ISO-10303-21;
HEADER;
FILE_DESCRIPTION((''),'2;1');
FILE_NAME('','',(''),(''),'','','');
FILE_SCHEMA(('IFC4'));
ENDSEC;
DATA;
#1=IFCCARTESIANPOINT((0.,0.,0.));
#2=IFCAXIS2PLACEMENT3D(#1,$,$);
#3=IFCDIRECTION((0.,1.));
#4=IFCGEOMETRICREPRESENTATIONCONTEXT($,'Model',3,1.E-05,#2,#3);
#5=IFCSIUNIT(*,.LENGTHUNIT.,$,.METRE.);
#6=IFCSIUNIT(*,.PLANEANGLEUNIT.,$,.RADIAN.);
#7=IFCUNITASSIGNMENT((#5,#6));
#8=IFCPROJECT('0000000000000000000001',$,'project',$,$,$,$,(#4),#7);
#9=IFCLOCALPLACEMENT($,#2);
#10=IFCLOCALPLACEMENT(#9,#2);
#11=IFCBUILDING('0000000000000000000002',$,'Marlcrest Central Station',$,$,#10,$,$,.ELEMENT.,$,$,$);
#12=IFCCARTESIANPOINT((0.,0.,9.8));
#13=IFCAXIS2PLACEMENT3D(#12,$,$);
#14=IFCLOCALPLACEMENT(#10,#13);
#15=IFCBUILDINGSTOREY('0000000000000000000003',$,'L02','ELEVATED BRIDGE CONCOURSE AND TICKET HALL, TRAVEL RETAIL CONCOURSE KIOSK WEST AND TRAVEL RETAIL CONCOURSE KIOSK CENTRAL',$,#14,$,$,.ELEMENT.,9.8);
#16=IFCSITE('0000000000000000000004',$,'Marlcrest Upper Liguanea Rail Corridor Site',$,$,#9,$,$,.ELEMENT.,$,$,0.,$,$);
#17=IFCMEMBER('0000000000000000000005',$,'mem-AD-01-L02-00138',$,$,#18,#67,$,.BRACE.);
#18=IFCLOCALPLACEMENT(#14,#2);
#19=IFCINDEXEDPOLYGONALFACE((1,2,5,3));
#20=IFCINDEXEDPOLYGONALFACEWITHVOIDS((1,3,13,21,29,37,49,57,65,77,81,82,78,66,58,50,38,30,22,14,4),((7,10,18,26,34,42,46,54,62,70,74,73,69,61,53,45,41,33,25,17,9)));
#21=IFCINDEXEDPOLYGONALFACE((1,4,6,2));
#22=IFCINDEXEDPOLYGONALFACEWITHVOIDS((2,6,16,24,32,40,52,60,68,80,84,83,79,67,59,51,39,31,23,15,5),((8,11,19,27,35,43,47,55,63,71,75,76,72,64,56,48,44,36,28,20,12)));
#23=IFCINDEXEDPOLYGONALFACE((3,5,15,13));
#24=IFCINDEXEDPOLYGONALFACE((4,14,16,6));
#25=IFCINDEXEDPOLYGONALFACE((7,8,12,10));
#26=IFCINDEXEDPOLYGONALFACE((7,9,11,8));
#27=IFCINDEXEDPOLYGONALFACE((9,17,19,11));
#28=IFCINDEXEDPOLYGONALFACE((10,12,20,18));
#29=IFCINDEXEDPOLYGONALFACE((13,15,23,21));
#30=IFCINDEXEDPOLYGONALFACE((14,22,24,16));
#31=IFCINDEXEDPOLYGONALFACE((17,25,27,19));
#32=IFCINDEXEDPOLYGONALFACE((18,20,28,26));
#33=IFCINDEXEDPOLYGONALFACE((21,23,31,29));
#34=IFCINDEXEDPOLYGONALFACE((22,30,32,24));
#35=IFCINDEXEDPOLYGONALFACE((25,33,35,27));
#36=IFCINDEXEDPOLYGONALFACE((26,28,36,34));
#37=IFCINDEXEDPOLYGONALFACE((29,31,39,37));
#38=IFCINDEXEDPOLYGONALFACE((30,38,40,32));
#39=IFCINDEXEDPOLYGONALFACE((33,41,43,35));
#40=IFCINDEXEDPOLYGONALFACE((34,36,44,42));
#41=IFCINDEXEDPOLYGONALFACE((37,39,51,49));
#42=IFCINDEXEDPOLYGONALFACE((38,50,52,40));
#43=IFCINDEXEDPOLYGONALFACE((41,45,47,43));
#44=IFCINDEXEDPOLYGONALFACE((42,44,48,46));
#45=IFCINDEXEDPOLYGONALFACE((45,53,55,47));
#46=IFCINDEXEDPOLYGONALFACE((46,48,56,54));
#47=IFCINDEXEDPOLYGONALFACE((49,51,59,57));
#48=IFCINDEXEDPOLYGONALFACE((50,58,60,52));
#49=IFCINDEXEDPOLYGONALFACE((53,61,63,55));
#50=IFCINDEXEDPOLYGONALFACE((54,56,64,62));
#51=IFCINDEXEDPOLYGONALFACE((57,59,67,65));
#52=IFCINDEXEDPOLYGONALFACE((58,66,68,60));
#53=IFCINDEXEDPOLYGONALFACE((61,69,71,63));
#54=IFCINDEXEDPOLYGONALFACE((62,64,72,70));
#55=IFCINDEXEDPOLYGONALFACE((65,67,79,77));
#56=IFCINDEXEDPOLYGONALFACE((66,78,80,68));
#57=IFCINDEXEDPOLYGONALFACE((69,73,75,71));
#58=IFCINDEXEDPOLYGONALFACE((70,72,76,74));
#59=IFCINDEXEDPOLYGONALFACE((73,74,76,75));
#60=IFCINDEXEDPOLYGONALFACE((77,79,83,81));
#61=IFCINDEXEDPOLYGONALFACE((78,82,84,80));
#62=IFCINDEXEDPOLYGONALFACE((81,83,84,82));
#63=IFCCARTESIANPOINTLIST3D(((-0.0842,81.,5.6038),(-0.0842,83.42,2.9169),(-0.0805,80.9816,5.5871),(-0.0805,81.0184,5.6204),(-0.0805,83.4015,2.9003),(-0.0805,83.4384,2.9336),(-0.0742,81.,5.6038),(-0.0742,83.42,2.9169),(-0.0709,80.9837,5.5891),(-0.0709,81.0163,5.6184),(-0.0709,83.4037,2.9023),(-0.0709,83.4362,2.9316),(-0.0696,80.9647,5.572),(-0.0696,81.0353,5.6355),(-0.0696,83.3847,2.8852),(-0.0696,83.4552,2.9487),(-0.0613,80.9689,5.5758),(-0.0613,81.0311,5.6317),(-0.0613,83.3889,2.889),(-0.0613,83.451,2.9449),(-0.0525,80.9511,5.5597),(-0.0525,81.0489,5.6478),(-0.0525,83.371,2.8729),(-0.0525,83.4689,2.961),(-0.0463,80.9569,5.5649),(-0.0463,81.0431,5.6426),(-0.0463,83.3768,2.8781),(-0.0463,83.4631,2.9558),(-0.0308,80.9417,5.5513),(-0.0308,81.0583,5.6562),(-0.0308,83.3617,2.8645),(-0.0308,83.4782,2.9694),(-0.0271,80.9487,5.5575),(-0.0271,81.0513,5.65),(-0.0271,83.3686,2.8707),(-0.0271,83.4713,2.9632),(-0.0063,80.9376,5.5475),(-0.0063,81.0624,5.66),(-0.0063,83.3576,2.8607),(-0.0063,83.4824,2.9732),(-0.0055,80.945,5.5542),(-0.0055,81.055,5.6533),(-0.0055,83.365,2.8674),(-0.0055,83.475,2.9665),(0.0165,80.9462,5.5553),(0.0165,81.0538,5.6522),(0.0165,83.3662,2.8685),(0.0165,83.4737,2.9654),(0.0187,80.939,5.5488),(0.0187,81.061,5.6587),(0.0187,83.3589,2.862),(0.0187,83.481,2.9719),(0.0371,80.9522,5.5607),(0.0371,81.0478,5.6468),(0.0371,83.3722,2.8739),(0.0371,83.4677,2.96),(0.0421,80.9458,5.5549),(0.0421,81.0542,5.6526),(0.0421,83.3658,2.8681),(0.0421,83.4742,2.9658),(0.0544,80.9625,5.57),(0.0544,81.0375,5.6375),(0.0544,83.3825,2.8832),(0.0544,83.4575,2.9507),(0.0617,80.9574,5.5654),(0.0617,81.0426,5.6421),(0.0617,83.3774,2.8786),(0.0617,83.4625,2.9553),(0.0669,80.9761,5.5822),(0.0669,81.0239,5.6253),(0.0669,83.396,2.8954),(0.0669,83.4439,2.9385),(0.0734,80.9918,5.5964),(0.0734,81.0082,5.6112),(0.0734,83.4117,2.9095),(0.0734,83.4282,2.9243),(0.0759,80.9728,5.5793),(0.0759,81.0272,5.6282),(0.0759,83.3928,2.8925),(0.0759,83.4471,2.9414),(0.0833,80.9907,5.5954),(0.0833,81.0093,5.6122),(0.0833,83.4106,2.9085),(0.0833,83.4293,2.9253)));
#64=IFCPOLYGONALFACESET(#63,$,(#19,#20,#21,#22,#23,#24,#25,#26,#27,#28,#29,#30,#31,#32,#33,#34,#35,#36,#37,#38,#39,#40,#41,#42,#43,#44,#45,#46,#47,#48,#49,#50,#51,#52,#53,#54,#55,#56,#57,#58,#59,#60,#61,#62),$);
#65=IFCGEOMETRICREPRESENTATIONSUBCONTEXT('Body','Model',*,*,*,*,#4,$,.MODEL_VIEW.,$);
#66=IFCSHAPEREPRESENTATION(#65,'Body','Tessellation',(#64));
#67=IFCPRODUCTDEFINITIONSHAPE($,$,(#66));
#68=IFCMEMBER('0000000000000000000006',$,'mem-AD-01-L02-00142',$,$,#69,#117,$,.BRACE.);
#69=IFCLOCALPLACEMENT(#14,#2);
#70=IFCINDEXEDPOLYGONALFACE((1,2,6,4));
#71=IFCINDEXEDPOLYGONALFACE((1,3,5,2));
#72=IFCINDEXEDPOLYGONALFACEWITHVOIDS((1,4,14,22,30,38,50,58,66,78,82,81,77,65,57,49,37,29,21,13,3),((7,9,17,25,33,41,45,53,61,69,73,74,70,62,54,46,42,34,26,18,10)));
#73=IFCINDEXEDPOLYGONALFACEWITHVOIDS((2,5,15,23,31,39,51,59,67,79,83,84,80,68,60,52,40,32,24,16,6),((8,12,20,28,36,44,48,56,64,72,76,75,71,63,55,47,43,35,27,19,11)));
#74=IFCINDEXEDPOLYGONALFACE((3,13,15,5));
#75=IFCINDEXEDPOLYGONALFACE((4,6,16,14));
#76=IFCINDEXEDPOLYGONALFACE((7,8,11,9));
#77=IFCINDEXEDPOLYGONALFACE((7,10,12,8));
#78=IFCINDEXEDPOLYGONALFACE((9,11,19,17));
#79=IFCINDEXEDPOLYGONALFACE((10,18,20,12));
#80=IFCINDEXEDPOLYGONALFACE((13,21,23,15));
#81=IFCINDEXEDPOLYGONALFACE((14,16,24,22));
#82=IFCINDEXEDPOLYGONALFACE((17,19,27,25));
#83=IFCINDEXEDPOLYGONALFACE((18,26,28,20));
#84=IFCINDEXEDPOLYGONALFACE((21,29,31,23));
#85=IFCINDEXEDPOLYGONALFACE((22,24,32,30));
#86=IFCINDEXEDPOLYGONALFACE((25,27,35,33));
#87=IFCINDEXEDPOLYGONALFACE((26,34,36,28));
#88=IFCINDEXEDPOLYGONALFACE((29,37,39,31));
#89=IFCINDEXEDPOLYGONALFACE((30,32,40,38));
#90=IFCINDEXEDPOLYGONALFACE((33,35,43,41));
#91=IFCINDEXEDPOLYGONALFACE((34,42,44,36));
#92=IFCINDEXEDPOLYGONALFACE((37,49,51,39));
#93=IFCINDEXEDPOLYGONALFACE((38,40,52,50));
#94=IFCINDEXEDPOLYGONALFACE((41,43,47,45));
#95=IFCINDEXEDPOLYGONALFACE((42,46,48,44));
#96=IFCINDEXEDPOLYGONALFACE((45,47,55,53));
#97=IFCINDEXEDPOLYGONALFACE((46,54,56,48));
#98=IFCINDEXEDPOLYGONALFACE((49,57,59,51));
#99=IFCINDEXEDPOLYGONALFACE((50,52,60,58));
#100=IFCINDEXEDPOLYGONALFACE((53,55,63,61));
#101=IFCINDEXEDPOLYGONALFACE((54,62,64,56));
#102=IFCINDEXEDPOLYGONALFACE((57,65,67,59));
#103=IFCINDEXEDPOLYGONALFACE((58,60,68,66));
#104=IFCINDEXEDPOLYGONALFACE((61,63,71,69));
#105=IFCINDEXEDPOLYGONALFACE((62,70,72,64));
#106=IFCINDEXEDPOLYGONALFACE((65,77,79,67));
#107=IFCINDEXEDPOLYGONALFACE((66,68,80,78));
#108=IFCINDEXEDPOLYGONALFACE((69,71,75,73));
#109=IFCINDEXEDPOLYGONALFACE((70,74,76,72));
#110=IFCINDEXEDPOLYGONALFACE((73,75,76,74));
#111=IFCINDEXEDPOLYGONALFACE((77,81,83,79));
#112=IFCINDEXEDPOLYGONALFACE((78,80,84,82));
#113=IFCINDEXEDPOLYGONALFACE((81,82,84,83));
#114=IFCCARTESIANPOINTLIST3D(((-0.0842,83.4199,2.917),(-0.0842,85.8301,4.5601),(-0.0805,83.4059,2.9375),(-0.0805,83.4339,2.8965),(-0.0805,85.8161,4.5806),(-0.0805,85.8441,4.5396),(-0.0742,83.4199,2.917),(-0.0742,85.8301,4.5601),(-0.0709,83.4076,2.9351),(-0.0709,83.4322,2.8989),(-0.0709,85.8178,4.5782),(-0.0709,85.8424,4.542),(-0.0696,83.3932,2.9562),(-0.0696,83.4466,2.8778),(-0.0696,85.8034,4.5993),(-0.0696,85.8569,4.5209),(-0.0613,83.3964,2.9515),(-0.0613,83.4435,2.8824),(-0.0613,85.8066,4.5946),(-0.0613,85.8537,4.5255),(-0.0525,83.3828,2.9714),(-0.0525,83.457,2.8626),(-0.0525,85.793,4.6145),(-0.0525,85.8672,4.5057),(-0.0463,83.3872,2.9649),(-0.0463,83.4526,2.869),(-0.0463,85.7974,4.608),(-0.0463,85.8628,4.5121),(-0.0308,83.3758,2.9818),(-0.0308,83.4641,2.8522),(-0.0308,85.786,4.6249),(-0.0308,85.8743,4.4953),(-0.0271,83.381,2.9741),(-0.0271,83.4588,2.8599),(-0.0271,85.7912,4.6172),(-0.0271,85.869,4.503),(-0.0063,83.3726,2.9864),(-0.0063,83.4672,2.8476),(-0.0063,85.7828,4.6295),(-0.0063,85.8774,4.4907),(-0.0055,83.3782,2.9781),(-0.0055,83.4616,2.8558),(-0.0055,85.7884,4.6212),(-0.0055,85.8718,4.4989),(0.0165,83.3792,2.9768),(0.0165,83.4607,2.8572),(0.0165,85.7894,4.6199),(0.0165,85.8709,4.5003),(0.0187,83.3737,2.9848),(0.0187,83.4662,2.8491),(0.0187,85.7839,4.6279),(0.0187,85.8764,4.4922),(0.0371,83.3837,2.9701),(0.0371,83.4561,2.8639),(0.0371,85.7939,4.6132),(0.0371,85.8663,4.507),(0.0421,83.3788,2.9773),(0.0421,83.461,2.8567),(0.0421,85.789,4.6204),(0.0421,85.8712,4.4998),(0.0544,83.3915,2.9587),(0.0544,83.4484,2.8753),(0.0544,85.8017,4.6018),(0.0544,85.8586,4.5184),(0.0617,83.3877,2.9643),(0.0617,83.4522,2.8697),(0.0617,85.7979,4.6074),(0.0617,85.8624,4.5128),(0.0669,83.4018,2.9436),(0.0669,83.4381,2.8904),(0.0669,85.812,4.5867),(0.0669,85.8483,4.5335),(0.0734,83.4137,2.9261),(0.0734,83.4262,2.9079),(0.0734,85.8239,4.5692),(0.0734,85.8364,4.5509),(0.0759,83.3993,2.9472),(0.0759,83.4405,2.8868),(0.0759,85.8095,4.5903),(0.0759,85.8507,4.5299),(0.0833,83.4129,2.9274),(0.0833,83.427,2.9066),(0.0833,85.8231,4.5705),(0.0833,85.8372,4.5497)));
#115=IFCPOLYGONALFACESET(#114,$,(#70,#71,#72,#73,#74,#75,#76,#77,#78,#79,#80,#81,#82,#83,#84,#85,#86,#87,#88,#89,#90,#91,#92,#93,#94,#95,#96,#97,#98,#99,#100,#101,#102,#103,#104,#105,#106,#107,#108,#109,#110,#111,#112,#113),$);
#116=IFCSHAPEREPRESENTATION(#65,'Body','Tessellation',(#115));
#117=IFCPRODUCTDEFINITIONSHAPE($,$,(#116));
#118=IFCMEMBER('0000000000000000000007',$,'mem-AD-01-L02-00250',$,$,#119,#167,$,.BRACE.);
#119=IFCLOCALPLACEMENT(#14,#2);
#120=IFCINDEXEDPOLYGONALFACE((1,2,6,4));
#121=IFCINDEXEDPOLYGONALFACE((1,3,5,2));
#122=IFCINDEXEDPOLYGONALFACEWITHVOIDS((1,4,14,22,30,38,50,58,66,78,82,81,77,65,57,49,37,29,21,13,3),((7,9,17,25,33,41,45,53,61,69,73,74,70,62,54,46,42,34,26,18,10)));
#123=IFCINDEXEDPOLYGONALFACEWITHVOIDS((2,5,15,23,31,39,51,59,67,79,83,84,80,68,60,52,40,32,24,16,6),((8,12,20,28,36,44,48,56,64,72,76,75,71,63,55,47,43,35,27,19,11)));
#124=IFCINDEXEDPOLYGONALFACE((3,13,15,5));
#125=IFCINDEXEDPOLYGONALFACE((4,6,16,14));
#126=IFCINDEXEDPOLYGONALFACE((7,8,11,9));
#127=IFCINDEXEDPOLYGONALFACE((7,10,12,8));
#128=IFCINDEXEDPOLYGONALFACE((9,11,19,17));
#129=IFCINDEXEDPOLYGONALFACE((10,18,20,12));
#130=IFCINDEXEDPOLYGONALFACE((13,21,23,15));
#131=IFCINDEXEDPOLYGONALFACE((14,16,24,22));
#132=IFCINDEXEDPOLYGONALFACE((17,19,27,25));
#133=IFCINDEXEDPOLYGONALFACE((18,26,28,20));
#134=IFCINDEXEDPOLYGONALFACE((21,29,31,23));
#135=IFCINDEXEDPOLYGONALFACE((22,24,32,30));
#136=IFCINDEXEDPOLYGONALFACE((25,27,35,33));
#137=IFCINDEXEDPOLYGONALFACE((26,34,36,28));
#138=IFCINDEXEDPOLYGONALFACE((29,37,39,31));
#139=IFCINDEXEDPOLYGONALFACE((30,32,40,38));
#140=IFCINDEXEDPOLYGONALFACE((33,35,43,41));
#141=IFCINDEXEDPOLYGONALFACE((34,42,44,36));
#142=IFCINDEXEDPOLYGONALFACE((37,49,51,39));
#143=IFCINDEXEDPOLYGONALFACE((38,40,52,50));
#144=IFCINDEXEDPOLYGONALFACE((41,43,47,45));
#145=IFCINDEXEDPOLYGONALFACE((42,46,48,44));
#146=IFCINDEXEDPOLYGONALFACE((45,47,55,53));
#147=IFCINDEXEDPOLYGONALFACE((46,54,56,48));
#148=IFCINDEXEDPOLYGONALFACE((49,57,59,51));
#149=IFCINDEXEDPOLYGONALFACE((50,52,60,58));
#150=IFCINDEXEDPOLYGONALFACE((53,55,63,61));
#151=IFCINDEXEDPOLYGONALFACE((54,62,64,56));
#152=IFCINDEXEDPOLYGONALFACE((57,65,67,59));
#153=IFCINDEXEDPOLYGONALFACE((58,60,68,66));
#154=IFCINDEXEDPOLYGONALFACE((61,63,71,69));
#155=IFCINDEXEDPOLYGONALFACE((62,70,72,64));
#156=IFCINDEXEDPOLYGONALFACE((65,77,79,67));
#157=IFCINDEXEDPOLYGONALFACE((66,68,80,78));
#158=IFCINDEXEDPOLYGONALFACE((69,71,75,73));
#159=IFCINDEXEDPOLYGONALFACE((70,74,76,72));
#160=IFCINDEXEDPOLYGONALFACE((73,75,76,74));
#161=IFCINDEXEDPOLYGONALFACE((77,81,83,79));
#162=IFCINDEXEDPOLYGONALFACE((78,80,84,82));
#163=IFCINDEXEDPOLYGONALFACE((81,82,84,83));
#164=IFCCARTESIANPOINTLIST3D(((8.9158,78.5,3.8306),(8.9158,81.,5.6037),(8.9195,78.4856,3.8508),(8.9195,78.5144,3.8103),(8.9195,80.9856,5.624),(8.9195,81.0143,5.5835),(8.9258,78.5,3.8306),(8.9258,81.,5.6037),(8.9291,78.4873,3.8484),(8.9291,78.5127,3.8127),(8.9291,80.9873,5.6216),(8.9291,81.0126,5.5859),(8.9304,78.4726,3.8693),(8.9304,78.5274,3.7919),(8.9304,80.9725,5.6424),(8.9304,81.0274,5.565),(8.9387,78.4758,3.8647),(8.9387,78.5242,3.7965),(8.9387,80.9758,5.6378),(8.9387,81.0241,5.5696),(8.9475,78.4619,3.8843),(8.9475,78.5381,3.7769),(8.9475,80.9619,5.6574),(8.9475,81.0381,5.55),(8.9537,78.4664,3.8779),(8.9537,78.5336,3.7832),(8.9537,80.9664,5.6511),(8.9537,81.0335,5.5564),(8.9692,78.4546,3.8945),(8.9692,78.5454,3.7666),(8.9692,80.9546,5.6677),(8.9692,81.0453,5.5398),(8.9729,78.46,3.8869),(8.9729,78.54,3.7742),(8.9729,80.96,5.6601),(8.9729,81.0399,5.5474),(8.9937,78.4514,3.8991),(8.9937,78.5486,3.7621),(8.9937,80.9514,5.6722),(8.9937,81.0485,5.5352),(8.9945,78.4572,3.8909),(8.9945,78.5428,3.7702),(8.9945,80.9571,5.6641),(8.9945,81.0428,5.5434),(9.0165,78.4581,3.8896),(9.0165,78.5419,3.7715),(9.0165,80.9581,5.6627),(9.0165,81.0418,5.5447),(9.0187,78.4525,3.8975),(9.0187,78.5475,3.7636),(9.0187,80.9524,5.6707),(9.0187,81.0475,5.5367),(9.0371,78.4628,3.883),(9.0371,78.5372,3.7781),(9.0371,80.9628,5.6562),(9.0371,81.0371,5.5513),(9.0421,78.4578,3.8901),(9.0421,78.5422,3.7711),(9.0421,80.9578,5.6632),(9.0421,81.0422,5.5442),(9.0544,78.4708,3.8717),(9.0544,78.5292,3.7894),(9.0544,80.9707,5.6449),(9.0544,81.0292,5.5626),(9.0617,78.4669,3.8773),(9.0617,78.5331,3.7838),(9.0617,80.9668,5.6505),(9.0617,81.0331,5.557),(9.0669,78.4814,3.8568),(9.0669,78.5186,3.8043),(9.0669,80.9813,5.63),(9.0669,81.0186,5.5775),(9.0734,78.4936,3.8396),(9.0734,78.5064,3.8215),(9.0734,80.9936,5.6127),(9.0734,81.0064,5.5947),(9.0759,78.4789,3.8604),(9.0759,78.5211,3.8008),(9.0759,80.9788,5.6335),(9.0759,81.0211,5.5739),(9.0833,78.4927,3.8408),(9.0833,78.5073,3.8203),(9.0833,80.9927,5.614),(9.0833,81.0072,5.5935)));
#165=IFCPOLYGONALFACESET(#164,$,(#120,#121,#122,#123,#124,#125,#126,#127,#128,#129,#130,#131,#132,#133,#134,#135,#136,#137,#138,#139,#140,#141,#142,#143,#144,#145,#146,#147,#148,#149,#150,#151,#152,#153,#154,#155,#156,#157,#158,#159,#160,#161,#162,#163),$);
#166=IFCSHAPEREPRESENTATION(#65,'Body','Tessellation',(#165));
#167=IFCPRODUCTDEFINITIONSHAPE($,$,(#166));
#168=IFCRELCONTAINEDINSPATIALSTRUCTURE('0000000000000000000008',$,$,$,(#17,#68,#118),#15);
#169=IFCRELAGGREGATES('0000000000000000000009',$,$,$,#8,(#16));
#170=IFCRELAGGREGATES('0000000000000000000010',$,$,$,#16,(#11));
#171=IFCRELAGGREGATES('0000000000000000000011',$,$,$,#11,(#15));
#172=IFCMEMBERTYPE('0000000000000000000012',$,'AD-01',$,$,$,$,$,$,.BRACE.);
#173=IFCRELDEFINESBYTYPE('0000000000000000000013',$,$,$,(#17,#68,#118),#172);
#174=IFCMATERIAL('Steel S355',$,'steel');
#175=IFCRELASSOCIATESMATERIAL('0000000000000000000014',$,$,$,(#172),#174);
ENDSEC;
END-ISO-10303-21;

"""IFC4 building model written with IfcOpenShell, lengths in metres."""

from ifc_helpers import new_model, si_unit, direction, frame, origin, origin_2d, place, context, subcontext, project, spatial, hollow_circle, extrude, material, material_profile, profile_set, type_object, element, save


model = new_model("IFC4")

# Units and contexts
model_context = context("Model", 3, precision=1e-05, world=origin(), true_north=direction((0.0, 1.0)))
body_context = subcontext(model_context, "Body", "Model", "MODEL_VIEW")
ifc_project = project(units=[si_unit("LENGTHUNIT", "METRE"), si_unit("PLANEANGLEUNIT", "RADIAN")], contexts=[model_context])

# Site, building, storey
site_placement = place(None, origin())
site = spatial("IfcSite", under=ifc_project, at=site_placement, Name="Marlcrest Upper Liguanea Rail Corridor Site", CompositionType="ELEMENT", RefElevation=0.0)
building_placement = place(site_placement, origin())
building = spatial("IfcBuilding", under=site, at=building_placement, Name="Marlcrest Central Station", CompositionType="ELEMENT")
storey_placement = place(building_placement, frame((0.0, 0.0, 9.8)))
storey = spatial("IfcBuildingStorey", under=building, at=storey_placement, Name="L02", Description="ELEVATED BRIDGE CONCOURSE AND TICKET HALL, TRAVEL RETAIL CONCOURSE KIOSK WEST AND TRAVEL RETAIL CONCOURSE KIOSK CENTRAL", CompositionType="ELEMENT", Elevation=9.8)

# Members
ifc_material_1 = material(Name="Steel S355", Category="steel")
ifc_material_profile_1 = material_profile(ifc_material_1, hollow_circle(Radius=0.0842, WallThickness=0.01, at=origin_2d()), Name="CHS 168.3x10")
ifc_profile_set_1 = profile_set([ifc_material_profile_1], Name="Steel S355")
member_type_1 = type_object("IfcMemberType", Name="AD-01", PredefinedType="BRACE", material=ifc_profile_set_1)
member_1_placement = place(storey_placement, frame((0.0, 81.0, 5.6038), z_axis=(0.0, 0.669244, -0.743042), x_axis=(-1.0, 0.0, 0.0)))
element("IfcMember", 1, at=member_1_placement, inside=storey, type_object=member_type_1, Name="mem-AD-01-L02-00138", PredefinedType="BRACE", context=body_context, shape_type="SweptSolid", body=[
    extrude(hollow_circle(Radius=0.0842, WallThickness=0.01, at=origin_2d()), origin(), (0.0, 0.0, 1.0), 3.616),
])
member_2_placement = place(storey_placement, frame((0.0, 83.4199, 2.917), z_axis=(0.0, 0.826263, 0.563285), x_axis=(-1.0, 0.0, 0.0)))
element("IfcMember", 2, at=member_2_placement, inside=storey, type_object=member_type_1, Name="mem-AD-01-L02-00142", PredefinedType="BRACE", context=body_context, shape_type="SweptSolid", body=[
    extrude(hollow_circle(Radius=0.0842, WallThickness=0.01, at=origin_2d()), origin(), (0.0, 0.0, 1.0), 2.917),
])
member_3_placement = place(storey_placement, frame((9.0, 78.5, 3.8306), z_axis=(0.0, 0.815661, 0.57853), x_axis=(-1.0, 0.0, 0.0)))
element("IfcMember", 3, at=member_3_placement, inside=storey, type_object=member_type_1, Name="mem-AD-01-L02-00250", PredefinedType="BRACE", context=body_context, shape_type="SweptSolid", body=[
    extrude(hollow_circle(Radius=0.0842, WallThickness=0.01, at=origin_2d()), origin(), (0.0, 0.0, 1.0), 3.0649),
])

save(model, "model.ifc")
